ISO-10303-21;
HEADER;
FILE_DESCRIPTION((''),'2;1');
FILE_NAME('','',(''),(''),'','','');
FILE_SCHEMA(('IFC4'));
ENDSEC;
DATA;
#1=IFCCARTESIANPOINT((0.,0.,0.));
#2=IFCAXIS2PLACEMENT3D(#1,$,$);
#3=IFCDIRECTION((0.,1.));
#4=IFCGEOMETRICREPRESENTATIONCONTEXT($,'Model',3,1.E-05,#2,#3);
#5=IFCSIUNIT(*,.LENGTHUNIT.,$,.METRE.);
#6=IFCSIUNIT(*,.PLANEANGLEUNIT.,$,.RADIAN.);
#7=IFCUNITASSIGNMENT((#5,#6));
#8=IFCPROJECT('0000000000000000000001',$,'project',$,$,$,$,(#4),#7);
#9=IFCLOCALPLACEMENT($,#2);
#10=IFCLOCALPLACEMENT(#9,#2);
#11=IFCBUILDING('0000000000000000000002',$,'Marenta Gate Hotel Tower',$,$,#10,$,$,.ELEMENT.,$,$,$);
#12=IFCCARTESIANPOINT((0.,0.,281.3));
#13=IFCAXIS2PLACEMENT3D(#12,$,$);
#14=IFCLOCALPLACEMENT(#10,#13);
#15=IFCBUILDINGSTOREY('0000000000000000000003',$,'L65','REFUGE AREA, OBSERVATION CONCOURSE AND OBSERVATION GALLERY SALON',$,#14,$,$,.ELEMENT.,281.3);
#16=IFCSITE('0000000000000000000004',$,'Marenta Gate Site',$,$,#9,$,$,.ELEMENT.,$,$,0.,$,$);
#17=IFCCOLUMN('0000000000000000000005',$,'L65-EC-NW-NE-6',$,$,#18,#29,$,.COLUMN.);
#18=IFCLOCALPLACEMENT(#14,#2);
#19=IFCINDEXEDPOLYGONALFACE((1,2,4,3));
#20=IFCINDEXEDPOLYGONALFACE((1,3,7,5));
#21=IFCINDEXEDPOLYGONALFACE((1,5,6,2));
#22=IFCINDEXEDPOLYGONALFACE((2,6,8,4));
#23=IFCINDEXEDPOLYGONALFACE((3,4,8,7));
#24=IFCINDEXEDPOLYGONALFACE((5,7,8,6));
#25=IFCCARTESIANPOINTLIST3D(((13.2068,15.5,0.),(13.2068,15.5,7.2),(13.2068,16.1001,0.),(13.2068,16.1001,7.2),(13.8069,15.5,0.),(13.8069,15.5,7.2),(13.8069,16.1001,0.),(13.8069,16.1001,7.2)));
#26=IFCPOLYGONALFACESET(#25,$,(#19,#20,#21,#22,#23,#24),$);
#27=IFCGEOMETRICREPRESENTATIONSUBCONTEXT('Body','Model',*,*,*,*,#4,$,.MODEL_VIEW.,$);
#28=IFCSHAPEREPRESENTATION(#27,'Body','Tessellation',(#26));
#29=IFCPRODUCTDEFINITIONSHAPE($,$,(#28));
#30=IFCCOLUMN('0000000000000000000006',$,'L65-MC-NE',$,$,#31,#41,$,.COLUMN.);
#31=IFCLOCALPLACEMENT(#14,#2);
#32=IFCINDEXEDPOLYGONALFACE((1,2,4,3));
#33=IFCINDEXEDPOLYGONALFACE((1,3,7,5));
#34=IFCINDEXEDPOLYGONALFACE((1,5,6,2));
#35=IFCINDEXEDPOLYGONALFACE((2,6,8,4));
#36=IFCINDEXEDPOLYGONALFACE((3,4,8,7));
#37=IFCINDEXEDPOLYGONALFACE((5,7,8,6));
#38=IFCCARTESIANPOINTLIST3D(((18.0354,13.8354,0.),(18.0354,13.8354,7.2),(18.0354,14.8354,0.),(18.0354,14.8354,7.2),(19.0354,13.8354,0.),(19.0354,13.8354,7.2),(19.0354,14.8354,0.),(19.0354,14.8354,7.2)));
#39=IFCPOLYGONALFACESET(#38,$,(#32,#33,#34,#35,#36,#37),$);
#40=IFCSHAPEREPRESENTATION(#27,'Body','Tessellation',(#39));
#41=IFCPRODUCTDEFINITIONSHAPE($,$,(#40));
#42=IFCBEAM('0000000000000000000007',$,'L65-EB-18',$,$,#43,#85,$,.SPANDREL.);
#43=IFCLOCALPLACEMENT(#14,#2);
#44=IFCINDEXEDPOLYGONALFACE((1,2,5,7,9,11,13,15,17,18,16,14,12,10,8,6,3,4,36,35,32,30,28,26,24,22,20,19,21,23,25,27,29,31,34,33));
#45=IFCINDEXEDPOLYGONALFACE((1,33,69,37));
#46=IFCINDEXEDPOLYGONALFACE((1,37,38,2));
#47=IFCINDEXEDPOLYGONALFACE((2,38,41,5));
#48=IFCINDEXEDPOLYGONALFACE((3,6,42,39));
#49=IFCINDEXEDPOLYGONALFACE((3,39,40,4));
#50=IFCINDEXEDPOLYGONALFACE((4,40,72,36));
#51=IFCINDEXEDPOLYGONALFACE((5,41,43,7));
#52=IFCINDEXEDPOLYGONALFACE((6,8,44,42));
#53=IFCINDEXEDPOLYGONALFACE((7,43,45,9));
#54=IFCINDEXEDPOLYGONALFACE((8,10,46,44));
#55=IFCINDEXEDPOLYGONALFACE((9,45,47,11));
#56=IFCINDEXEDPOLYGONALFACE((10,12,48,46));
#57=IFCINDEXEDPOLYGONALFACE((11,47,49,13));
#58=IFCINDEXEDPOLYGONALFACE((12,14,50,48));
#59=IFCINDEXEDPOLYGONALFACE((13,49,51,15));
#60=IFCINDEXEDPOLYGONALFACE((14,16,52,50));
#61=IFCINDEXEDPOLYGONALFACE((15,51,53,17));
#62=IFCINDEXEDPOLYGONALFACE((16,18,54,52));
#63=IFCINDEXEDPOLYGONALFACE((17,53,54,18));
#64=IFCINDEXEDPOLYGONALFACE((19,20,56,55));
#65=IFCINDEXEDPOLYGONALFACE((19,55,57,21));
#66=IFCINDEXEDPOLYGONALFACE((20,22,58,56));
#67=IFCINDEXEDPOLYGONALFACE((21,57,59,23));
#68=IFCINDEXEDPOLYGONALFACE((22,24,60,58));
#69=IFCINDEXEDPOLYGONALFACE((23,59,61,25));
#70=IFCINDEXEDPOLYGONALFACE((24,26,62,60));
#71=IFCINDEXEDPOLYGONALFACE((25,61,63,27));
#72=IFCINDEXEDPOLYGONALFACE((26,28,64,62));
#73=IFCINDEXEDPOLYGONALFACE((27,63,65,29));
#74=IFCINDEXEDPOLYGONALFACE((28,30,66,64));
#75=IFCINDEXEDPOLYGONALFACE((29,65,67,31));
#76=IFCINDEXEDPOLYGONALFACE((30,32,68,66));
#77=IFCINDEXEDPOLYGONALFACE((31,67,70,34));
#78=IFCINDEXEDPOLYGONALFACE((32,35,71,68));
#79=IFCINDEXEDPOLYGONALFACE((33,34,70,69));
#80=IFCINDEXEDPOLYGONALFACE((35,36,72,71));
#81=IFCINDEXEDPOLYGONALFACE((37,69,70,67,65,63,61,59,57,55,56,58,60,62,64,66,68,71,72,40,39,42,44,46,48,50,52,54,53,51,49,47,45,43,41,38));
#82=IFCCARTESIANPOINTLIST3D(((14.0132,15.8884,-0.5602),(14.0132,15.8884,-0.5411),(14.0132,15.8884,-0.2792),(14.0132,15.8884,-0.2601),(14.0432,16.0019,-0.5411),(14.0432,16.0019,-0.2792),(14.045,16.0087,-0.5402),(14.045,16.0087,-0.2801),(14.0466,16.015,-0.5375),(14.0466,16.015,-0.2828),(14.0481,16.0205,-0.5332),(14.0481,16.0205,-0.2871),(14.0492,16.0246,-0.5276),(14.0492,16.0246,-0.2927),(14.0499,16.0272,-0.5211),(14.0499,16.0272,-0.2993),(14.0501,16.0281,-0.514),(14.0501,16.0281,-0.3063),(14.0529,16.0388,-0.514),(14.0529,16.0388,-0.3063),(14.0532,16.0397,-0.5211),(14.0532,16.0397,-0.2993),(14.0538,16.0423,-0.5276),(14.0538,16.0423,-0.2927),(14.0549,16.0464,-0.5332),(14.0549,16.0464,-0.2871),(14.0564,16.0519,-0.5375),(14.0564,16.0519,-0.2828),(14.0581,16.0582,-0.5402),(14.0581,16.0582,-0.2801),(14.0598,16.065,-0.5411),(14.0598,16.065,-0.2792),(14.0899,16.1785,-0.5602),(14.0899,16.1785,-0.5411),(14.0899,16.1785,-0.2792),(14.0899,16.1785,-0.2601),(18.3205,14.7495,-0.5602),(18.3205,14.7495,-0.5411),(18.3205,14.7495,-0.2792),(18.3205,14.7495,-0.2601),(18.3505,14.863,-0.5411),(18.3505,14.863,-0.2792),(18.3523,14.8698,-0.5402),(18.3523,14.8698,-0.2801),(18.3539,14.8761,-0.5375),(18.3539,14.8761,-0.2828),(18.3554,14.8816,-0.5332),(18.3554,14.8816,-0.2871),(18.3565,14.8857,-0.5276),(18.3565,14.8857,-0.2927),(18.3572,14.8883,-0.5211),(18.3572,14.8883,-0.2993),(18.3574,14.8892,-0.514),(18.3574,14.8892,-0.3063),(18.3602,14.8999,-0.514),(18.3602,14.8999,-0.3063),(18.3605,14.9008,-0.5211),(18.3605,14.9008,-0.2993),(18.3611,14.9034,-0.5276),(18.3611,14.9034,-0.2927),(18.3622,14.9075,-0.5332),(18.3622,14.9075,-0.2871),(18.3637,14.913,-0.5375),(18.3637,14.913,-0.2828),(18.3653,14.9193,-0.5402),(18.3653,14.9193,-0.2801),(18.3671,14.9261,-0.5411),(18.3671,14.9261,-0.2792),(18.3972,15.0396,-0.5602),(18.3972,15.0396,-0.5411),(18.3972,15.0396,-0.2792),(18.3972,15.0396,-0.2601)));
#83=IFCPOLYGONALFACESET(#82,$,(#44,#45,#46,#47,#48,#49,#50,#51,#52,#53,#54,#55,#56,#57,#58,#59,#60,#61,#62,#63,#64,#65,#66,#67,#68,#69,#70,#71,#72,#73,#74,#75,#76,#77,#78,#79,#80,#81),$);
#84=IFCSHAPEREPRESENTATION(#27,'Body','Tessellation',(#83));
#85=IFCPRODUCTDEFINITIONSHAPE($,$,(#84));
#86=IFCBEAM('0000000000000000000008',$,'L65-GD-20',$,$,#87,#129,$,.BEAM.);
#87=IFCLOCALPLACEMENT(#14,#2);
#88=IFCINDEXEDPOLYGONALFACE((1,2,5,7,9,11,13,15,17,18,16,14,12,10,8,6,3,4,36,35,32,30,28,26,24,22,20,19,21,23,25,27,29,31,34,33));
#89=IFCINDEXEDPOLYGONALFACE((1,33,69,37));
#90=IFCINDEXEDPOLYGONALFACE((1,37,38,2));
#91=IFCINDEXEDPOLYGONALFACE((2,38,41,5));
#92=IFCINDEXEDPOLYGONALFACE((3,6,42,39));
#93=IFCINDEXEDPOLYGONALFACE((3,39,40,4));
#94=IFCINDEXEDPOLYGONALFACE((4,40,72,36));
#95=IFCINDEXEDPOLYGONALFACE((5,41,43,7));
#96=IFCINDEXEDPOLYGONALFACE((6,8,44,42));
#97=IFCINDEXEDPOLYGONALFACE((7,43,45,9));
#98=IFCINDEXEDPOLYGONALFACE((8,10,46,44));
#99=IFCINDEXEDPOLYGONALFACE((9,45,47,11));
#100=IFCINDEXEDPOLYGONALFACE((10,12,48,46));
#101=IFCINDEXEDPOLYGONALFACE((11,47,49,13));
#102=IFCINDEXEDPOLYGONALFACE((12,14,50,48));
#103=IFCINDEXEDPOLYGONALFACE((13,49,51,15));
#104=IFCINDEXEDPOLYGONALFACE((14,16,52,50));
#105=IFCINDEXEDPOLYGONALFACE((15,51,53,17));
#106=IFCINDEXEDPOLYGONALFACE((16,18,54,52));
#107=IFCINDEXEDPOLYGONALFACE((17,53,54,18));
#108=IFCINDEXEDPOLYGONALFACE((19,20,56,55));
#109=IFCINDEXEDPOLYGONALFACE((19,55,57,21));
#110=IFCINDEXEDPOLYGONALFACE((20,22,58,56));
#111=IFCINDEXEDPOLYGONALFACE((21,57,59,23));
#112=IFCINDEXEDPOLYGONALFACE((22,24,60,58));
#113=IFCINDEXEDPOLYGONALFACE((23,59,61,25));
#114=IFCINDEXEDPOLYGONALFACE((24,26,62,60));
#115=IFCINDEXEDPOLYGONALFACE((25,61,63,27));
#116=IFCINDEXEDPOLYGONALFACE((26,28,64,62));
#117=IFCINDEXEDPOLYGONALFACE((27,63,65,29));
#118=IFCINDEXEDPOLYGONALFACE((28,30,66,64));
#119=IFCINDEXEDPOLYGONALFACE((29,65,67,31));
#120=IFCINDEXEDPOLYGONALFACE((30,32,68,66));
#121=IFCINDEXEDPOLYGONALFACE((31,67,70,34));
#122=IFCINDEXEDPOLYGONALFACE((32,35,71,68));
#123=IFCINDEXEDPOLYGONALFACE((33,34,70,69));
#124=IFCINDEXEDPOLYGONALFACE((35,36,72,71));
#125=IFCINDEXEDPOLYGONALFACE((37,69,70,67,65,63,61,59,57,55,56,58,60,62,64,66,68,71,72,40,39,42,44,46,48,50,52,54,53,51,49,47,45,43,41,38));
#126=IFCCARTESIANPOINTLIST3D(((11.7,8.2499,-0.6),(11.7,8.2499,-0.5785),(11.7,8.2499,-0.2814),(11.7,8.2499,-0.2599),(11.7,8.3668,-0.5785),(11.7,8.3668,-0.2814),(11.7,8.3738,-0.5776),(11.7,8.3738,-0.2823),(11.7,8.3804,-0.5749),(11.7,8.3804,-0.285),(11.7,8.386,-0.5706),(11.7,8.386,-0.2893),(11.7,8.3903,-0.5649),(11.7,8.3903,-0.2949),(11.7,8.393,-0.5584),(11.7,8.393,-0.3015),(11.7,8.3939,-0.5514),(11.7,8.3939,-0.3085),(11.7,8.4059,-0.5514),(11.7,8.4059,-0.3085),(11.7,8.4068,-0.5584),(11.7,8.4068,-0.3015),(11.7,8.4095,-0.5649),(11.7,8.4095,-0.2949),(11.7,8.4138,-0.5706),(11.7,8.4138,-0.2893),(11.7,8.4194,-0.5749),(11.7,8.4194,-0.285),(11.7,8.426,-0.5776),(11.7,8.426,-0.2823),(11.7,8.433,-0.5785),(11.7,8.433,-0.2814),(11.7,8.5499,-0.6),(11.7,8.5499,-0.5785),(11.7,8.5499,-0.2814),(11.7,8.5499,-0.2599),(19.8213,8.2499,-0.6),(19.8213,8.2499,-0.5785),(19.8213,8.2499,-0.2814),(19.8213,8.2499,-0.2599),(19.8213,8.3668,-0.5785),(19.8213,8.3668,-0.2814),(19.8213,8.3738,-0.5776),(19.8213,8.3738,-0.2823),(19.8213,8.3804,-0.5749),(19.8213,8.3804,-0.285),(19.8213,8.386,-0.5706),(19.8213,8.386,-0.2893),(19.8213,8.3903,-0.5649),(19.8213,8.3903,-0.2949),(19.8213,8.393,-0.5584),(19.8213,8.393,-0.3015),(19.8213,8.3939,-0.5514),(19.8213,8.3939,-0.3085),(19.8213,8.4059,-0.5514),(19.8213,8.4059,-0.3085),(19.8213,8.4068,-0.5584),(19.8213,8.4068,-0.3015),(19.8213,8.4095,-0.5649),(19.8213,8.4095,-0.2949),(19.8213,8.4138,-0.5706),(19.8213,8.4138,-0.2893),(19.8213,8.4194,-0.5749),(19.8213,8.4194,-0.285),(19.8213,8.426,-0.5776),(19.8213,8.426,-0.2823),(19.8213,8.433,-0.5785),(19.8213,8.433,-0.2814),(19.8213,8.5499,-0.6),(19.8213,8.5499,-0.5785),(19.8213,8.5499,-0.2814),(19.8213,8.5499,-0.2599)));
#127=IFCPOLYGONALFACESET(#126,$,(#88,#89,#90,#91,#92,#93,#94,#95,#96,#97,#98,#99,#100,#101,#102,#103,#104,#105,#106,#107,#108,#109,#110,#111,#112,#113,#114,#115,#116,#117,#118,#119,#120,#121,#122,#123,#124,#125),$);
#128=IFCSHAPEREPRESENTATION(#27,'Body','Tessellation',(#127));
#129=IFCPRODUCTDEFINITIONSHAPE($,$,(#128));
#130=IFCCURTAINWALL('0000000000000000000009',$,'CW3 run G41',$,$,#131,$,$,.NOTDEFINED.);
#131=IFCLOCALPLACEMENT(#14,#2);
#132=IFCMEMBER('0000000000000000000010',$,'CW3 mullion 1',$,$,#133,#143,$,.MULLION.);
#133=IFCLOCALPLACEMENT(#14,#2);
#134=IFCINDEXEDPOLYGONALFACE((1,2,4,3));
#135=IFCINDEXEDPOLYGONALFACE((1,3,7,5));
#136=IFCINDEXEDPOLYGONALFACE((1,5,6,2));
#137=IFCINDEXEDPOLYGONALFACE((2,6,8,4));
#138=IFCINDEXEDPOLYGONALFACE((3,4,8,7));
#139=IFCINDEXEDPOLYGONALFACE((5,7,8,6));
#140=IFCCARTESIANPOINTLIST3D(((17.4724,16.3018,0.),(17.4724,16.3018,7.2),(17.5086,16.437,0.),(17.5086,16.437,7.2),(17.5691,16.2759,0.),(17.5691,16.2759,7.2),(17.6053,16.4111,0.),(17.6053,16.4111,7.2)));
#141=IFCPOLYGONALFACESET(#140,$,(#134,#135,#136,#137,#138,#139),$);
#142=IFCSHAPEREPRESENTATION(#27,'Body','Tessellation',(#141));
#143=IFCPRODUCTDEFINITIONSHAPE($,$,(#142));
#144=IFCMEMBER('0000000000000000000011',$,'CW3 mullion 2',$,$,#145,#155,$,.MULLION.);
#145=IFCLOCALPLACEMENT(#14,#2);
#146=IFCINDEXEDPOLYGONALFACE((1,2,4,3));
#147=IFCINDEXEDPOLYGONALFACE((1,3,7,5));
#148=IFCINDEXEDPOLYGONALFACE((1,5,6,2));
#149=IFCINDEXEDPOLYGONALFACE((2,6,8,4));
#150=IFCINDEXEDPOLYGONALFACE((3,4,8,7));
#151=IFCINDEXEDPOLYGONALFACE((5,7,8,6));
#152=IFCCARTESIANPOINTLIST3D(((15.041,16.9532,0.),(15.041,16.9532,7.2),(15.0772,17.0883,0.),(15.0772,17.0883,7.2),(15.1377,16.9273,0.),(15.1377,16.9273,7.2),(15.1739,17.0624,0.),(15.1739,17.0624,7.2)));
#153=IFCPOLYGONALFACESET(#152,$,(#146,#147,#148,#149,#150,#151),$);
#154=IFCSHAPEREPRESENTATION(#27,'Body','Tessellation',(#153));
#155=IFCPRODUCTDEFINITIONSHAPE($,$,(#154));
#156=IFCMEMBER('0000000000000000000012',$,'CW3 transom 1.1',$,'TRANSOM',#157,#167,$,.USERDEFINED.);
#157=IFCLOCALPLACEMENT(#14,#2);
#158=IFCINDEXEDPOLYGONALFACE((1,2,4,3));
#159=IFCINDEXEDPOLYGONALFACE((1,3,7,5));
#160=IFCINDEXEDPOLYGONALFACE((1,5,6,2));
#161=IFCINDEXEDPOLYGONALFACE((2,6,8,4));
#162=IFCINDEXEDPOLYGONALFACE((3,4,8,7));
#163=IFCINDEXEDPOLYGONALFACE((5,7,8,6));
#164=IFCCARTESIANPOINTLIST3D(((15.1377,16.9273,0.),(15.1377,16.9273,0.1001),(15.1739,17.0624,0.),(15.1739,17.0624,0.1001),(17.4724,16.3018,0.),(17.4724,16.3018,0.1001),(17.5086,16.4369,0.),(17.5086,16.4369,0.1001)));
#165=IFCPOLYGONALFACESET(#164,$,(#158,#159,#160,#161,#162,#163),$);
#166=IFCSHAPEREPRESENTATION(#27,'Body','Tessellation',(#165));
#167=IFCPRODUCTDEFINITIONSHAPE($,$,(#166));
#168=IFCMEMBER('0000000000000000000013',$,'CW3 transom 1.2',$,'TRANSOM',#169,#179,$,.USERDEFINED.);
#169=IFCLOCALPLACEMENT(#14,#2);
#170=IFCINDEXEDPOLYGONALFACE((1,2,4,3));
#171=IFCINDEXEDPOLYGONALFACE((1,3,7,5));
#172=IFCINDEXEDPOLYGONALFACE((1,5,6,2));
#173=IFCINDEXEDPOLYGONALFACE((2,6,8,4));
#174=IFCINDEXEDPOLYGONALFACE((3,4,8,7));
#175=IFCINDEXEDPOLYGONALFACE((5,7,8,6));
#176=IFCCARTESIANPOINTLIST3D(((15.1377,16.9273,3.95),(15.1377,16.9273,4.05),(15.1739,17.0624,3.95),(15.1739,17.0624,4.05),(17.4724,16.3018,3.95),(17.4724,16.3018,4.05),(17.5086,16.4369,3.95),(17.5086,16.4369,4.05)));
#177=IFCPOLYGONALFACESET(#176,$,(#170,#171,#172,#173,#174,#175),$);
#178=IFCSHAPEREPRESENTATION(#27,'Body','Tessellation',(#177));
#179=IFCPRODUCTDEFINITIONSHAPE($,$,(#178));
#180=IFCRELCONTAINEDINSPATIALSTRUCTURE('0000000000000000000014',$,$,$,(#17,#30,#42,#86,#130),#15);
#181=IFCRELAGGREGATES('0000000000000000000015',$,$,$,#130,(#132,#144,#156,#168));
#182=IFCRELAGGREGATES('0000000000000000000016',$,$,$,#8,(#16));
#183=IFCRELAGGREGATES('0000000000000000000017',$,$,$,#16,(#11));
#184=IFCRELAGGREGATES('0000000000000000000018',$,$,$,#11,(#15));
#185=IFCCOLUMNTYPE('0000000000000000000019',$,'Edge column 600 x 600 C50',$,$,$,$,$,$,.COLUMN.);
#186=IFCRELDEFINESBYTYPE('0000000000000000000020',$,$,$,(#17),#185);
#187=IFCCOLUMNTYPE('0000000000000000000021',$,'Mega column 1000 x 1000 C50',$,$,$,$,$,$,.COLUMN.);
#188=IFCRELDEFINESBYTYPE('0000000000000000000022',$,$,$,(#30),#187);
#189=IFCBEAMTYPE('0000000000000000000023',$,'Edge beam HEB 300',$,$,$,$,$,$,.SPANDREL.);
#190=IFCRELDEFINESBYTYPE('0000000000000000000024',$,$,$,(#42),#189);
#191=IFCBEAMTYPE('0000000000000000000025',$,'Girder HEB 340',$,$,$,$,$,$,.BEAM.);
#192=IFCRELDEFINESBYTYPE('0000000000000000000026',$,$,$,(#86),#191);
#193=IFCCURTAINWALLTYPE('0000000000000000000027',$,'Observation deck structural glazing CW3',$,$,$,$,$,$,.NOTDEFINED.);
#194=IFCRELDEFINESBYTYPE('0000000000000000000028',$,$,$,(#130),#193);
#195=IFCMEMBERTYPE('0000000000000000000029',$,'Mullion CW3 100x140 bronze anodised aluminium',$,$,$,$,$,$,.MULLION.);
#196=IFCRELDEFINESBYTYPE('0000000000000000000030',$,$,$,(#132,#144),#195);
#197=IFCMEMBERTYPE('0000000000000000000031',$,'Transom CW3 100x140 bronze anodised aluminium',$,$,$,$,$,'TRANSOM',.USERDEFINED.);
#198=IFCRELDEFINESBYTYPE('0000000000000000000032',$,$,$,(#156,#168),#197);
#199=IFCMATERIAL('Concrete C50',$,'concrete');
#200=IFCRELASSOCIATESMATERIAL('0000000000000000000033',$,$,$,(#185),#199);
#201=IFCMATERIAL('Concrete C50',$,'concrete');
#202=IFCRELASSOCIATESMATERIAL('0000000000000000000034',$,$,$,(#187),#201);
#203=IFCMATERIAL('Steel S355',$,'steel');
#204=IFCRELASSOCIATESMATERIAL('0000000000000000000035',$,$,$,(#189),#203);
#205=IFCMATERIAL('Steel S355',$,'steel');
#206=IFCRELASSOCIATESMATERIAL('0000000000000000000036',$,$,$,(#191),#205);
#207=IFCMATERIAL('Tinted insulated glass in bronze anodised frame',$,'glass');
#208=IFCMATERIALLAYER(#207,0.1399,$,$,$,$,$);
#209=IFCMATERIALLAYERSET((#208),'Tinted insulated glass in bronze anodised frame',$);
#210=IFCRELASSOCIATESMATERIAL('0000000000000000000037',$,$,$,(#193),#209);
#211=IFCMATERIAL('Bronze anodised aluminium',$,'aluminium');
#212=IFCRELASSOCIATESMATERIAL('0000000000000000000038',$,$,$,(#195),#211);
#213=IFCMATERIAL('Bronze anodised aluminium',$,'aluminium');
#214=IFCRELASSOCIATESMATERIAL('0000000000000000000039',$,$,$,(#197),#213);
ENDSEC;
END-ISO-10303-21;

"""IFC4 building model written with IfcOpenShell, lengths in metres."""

from ifc_helpers import new_model, si_unit, direction, frame, origin, origin_2d, place, context, subcontext, project, spatial, rectangle, i_section, extrude, material, layer, layer_set, material_profile, profile_set, type_object, element, aggregate, save


model = new_model("IFC4")

# Units and contexts
model_context = context("Model", 3, precision=1e-05, world=origin(), true_north=direction((0.0, 1.0)))
body_context = subcontext(model_context, "Body", "Model", "MODEL_VIEW")
ifc_project = project(units=[si_unit("LENGTHUNIT", "METRE"), si_unit("PLANEANGLEUNIT", "RADIAN")], contexts=[model_context])

# Site, building, storey
site_placement = place(None, origin())
site = spatial("IfcSite", under=ifc_project, at=site_placement, Name="Marenta Gate Site", CompositionType="ELEMENT", RefElevation=0.0)
building_placement = place(site_placement, origin())
building = spatial("IfcBuilding", under=site, at=building_placement, Name="Marenta Gate Hotel Tower", CompositionType="ELEMENT")
storey_placement = place(building_placement, frame((0.0, 0.0, 281.3)))
storey = spatial("IfcBuildingStorey", under=building, at=storey_placement, Name="L65", Description="REFUGE AREA, OBSERVATION CONCOURSE AND OBSERVATION GALLERY SALON", CompositionType="ELEMENT", Elevation=281.3)

# Columns
ifc_material_1 = material(Name="Concrete C50", Category="concrete")
ifc_material_profile_1 = material_profile(ifc_material_1, rectangle(XDim=0.6001, YDim=0.6001, at=origin_2d()), Name="600 x 600")
ifc_profile_set_1 = profile_set([ifc_material_profile_1], Name="Concrete C50")
column_type_1 = type_object("IfcColumnType", Name="Edge column 600 x 600 C50", PredefinedType="COLUMN", material=ifc_profile_set_1)
column_1_placement = place(storey_placement, frame((13.5068, 15.8, 0.0), z_axis=(0.0, 0.0, 1.0), x_axis=(1.0, 0.0, 0.0)))
element("IfcColumn", 1, at=column_1_placement, inside=storey, type_object=column_type_1, Name="L65-EC-NW-NE-6", PredefinedType="COLUMN", context=body_context, shape_type="SweptSolid", body=[
    extrude(rectangle(XDim=0.6001, YDim=0.6001, at=origin_2d()), origin(), (0.0, 0.0, 1.0), 7.2),
])
ifc_material_2 = material(Name="Concrete C50", Category="concrete")
ifc_material_profile_2 = material_profile(ifc_material_2, rectangle(XDim=1.0, YDim=1.0, at=origin_2d()), Name="1000 x 1000")
ifc_profile_set_2 = profile_set([ifc_material_profile_2], Name="Concrete C50")
column_type_2 = type_object("IfcColumnType", Name="Mega column 1000 x 1000 C50", PredefinedType="COLUMN", material=ifc_profile_set_2)
column_2_placement = place(storey_placement, frame((18.5354, 14.3354, 0.0), z_axis=(0.0, 0.0, 1.0), x_axis=(1.0, 0.0, 0.0)))
element("IfcColumn", 2, at=column_2_placement, inside=storey, type_object=column_type_2, Name="L65-MC-NE", PredefinedType="COLUMN", context=body_context, shape_type="SweptSolid", body=[
    extrude(rectangle(XDim=1.0, YDim=1.0, at=origin_2d()), origin(), (0.0, 0.0, 1.0), 7.2),
])

# Beams
ifc_material_3 = material(Name="Steel S355", Category="steel")
ifc_material_profile_3 = material_profile(ifc_material_3, i_section(OverallWidth=0.3, OverallDepth=0.3, WebThickness=0.011, FlangeThickness=0.019, FilletRadius=0.0271, at=origin_2d()), Name="HEB 300")
ifc_profile_set_3 = profile_set([ifc_material_profile_3], Name="Steel S355")
beam_type_1 = type_object("IfcBeamType", Name="Edge beam HEB 300", PredefinedType="SPANDREL", material=ifc_profile_set_3)
beam_1_placement = place(storey_placement, frame((14.0515, 16.0334, -0.4102), z_axis=(0.966776, -0.255626, 0.0), x_axis=(0.255626, 0.966776, 0.0)))
element("IfcBeam", 3, at=beam_1_placement, inside=storey, type_object=beam_type_1, Name="L65-EB-18", PredefinedType="SPANDREL", context=body_context, shape_type="SweptSolid", body=[
    extrude(i_section(OverallWidth=0.3, OverallDepth=0.3, WebThickness=0.011, FlangeThickness=0.019, FilletRadius=0.0271, at=origin_2d()), origin(), (0.0, 0.0, 1.0), 4.4553),
])
ifc_material_4 = material(Name="Steel S355", Category="steel")
ifc_material_profile_4 = material_profile(ifc_material_4, i_section(OverallWidth=0.3, OverallDepth=0.3401, WebThickness=0.012, FlangeThickness=0.0215, FilletRadius=0.0271, at=origin_2d()), Name="HEB 340")
ifc_profile_set_4 = profile_set([ifc_material_profile_4], Name="Steel S355")
beam_type_2 = type_object("IfcBeamType", Name="Girder HEB 340", PredefinedType="BEAM", material=ifc_profile_set_4)
beam_2_placement = place(storey_placement, frame((11.7, 8.3999, -0.4299), z_axis=(1.0, 0.0, 0.0), x_axis=(0.0, 1.0, 0.0)))
element("IfcBeam", 4, at=beam_2_placement, inside=storey, type_object=beam_type_2, Name="L65-GD-20", PredefinedType="BEAM", context=body_context, shape_type="SweptSolid", body=[
    extrude(i_section(OverallWidth=0.3, OverallDepth=0.3401, WebThickness=0.012, FlangeThickness=0.0215, FilletRadius=0.0271, at=origin_2d()), origin(), (0.0, 0.0, 1.0), 8.1213),
])

# Curtain wall, members
ifc_material_5 = material(Name="Tinted insulated glass in bronze anodised frame", Category="glass")
ifc_layer_1 = layer(ifc_material_5, 0.1399)
ifc_layer_set_1 = layer_set([ifc_layer_1], Name="Tinted insulated glass in bronze anodised frame")
curtain_wall_type = type_object("IfcCurtainWallType", Name="Observation deck structural glazing CW3", PredefinedType="NOTDEFINED", material=ifc_layer_set_1)
curtain_wall_1_placement = place(storey_placement, origin())
curtain_wall_1 = element("IfcCurtainWall", 5, at=curtain_wall_1_placement, inside=storey, type_object=curtain_wall_type, Name="CW3 run G41", PredefinedType="NOTDEFINED")
ifc_material_6 = material(Name="Bronze anodised aluminium", Category="aluminium")
ifc_material_profile_5 = material_profile(ifc_material_6, rectangle(XDim=0.1399, YDim=0.1001, at=origin_2d()), Name="Mullion CW3 100x140 bronze anodised aluminium")
ifc_profile_set_5 = profile_set([ifc_material_profile_5], Name="Bronze anodised aluminium")
member_type_1 = type_object("IfcMemberType", Name="Mullion CW3 100x140 bronze anodised aluminium", PredefinedType="MULLION", material=ifc_profile_set_5)
member_1_placement = place(storey_placement, frame((17.5388, 16.3564, 0.0), z_axis=(0.0, 0.0, 1.0), x_axis=(-0.258802, -0.96593, 0.0)))
member_1 = element("IfcMember", 6, at=member_1_placement, type_object=member_type_1, Name="CW3 mullion 1", PredefinedType="MULLION", context=body_context, shape_type="SweptSolid", body=[
    extrude(rectangle(XDim=0.1399, YDim=0.1001, at=origin_2d()), origin(), (0.0, 0.0, 1.0), 7.2),
])
member_2_placement = place(storey_placement, frame((15.1074, 17.0078, 0.0), z_axis=(0.0, 0.0, 1.0), x_axis=(-0.258802, -0.96593, 0.0)))
member_2 = element("IfcMember", 7, at=member_2_placement, type_object=member_type_1, Name="CW3 mullion 2", PredefinedType="MULLION", context=body_context, shape_type="SweptSolid", body=[
    extrude(rectangle(XDim=0.1399, YDim=0.1001, at=origin_2d()), origin(), (0.0, 0.0, 1.0), 7.2),
])
ifc_material_7 = material(Name="Bronze anodised aluminium", Category="aluminium")
ifc_material_profile_6 = material_profile(ifc_material_7, rectangle(XDim=0.1399, YDim=0.1001, at=origin_2d()), Name="Transom CW3 100x140 bronze anodised aluminium")
ifc_profile_set_6 = profile_set([ifc_material_profile_6], Name="Bronze anodised aluminium")
member_type_2 = type_object("IfcMemberType", Name="Transom CW3 100x140 bronze anodised aluminium", ElementType="TRANSOM", PredefinedType="USERDEFINED", material=ifc_profile_set_6)
member_3_placement = place(storey_placement, frame((17.4905, 16.3694, 0.05), z_axis=(-0.965936, 0.258782, 0.0), x_axis=(-0.258782, -0.965936, 0.0)))
member_3 = element("IfcMember", 8, at=member_3_placement, type_object=member_type_2, Name="CW3 transom 1.1", ObjectType="TRANSOM", PredefinedType="USERDEFINED", context=body_context, shape_type="SweptSolid", body=[
    extrude(rectangle(XDim=0.1399, YDim=0.1001, at=origin_2d()), origin(), (0.0, 0.0, 1.0), 2.417),
])
member_4_placement = place(storey_placement, frame((17.4905, 16.3694, 4.0), z_axis=(-0.965936, 0.258782, 0.0), x_axis=(-0.258782, -0.965936, 0.0)))
member_4 = element("IfcMember", 9, at=member_4_placement, type_object=member_type_2, Name="CW3 transom 1.2", ObjectType="TRANSOM", PredefinedType="USERDEFINED", context=body_context, shape_type="SweptSolid", body=[
    extrude(rectangle(XDim=0.1399, YDim=0.1001, at=origin_2d()), origin(), (0.0, 0.0, 1.0), 2.417),
])

aggregate(curtain_wall_1, [member_1, member_2, member_3, member_4])

save(model, "model.ifc")
